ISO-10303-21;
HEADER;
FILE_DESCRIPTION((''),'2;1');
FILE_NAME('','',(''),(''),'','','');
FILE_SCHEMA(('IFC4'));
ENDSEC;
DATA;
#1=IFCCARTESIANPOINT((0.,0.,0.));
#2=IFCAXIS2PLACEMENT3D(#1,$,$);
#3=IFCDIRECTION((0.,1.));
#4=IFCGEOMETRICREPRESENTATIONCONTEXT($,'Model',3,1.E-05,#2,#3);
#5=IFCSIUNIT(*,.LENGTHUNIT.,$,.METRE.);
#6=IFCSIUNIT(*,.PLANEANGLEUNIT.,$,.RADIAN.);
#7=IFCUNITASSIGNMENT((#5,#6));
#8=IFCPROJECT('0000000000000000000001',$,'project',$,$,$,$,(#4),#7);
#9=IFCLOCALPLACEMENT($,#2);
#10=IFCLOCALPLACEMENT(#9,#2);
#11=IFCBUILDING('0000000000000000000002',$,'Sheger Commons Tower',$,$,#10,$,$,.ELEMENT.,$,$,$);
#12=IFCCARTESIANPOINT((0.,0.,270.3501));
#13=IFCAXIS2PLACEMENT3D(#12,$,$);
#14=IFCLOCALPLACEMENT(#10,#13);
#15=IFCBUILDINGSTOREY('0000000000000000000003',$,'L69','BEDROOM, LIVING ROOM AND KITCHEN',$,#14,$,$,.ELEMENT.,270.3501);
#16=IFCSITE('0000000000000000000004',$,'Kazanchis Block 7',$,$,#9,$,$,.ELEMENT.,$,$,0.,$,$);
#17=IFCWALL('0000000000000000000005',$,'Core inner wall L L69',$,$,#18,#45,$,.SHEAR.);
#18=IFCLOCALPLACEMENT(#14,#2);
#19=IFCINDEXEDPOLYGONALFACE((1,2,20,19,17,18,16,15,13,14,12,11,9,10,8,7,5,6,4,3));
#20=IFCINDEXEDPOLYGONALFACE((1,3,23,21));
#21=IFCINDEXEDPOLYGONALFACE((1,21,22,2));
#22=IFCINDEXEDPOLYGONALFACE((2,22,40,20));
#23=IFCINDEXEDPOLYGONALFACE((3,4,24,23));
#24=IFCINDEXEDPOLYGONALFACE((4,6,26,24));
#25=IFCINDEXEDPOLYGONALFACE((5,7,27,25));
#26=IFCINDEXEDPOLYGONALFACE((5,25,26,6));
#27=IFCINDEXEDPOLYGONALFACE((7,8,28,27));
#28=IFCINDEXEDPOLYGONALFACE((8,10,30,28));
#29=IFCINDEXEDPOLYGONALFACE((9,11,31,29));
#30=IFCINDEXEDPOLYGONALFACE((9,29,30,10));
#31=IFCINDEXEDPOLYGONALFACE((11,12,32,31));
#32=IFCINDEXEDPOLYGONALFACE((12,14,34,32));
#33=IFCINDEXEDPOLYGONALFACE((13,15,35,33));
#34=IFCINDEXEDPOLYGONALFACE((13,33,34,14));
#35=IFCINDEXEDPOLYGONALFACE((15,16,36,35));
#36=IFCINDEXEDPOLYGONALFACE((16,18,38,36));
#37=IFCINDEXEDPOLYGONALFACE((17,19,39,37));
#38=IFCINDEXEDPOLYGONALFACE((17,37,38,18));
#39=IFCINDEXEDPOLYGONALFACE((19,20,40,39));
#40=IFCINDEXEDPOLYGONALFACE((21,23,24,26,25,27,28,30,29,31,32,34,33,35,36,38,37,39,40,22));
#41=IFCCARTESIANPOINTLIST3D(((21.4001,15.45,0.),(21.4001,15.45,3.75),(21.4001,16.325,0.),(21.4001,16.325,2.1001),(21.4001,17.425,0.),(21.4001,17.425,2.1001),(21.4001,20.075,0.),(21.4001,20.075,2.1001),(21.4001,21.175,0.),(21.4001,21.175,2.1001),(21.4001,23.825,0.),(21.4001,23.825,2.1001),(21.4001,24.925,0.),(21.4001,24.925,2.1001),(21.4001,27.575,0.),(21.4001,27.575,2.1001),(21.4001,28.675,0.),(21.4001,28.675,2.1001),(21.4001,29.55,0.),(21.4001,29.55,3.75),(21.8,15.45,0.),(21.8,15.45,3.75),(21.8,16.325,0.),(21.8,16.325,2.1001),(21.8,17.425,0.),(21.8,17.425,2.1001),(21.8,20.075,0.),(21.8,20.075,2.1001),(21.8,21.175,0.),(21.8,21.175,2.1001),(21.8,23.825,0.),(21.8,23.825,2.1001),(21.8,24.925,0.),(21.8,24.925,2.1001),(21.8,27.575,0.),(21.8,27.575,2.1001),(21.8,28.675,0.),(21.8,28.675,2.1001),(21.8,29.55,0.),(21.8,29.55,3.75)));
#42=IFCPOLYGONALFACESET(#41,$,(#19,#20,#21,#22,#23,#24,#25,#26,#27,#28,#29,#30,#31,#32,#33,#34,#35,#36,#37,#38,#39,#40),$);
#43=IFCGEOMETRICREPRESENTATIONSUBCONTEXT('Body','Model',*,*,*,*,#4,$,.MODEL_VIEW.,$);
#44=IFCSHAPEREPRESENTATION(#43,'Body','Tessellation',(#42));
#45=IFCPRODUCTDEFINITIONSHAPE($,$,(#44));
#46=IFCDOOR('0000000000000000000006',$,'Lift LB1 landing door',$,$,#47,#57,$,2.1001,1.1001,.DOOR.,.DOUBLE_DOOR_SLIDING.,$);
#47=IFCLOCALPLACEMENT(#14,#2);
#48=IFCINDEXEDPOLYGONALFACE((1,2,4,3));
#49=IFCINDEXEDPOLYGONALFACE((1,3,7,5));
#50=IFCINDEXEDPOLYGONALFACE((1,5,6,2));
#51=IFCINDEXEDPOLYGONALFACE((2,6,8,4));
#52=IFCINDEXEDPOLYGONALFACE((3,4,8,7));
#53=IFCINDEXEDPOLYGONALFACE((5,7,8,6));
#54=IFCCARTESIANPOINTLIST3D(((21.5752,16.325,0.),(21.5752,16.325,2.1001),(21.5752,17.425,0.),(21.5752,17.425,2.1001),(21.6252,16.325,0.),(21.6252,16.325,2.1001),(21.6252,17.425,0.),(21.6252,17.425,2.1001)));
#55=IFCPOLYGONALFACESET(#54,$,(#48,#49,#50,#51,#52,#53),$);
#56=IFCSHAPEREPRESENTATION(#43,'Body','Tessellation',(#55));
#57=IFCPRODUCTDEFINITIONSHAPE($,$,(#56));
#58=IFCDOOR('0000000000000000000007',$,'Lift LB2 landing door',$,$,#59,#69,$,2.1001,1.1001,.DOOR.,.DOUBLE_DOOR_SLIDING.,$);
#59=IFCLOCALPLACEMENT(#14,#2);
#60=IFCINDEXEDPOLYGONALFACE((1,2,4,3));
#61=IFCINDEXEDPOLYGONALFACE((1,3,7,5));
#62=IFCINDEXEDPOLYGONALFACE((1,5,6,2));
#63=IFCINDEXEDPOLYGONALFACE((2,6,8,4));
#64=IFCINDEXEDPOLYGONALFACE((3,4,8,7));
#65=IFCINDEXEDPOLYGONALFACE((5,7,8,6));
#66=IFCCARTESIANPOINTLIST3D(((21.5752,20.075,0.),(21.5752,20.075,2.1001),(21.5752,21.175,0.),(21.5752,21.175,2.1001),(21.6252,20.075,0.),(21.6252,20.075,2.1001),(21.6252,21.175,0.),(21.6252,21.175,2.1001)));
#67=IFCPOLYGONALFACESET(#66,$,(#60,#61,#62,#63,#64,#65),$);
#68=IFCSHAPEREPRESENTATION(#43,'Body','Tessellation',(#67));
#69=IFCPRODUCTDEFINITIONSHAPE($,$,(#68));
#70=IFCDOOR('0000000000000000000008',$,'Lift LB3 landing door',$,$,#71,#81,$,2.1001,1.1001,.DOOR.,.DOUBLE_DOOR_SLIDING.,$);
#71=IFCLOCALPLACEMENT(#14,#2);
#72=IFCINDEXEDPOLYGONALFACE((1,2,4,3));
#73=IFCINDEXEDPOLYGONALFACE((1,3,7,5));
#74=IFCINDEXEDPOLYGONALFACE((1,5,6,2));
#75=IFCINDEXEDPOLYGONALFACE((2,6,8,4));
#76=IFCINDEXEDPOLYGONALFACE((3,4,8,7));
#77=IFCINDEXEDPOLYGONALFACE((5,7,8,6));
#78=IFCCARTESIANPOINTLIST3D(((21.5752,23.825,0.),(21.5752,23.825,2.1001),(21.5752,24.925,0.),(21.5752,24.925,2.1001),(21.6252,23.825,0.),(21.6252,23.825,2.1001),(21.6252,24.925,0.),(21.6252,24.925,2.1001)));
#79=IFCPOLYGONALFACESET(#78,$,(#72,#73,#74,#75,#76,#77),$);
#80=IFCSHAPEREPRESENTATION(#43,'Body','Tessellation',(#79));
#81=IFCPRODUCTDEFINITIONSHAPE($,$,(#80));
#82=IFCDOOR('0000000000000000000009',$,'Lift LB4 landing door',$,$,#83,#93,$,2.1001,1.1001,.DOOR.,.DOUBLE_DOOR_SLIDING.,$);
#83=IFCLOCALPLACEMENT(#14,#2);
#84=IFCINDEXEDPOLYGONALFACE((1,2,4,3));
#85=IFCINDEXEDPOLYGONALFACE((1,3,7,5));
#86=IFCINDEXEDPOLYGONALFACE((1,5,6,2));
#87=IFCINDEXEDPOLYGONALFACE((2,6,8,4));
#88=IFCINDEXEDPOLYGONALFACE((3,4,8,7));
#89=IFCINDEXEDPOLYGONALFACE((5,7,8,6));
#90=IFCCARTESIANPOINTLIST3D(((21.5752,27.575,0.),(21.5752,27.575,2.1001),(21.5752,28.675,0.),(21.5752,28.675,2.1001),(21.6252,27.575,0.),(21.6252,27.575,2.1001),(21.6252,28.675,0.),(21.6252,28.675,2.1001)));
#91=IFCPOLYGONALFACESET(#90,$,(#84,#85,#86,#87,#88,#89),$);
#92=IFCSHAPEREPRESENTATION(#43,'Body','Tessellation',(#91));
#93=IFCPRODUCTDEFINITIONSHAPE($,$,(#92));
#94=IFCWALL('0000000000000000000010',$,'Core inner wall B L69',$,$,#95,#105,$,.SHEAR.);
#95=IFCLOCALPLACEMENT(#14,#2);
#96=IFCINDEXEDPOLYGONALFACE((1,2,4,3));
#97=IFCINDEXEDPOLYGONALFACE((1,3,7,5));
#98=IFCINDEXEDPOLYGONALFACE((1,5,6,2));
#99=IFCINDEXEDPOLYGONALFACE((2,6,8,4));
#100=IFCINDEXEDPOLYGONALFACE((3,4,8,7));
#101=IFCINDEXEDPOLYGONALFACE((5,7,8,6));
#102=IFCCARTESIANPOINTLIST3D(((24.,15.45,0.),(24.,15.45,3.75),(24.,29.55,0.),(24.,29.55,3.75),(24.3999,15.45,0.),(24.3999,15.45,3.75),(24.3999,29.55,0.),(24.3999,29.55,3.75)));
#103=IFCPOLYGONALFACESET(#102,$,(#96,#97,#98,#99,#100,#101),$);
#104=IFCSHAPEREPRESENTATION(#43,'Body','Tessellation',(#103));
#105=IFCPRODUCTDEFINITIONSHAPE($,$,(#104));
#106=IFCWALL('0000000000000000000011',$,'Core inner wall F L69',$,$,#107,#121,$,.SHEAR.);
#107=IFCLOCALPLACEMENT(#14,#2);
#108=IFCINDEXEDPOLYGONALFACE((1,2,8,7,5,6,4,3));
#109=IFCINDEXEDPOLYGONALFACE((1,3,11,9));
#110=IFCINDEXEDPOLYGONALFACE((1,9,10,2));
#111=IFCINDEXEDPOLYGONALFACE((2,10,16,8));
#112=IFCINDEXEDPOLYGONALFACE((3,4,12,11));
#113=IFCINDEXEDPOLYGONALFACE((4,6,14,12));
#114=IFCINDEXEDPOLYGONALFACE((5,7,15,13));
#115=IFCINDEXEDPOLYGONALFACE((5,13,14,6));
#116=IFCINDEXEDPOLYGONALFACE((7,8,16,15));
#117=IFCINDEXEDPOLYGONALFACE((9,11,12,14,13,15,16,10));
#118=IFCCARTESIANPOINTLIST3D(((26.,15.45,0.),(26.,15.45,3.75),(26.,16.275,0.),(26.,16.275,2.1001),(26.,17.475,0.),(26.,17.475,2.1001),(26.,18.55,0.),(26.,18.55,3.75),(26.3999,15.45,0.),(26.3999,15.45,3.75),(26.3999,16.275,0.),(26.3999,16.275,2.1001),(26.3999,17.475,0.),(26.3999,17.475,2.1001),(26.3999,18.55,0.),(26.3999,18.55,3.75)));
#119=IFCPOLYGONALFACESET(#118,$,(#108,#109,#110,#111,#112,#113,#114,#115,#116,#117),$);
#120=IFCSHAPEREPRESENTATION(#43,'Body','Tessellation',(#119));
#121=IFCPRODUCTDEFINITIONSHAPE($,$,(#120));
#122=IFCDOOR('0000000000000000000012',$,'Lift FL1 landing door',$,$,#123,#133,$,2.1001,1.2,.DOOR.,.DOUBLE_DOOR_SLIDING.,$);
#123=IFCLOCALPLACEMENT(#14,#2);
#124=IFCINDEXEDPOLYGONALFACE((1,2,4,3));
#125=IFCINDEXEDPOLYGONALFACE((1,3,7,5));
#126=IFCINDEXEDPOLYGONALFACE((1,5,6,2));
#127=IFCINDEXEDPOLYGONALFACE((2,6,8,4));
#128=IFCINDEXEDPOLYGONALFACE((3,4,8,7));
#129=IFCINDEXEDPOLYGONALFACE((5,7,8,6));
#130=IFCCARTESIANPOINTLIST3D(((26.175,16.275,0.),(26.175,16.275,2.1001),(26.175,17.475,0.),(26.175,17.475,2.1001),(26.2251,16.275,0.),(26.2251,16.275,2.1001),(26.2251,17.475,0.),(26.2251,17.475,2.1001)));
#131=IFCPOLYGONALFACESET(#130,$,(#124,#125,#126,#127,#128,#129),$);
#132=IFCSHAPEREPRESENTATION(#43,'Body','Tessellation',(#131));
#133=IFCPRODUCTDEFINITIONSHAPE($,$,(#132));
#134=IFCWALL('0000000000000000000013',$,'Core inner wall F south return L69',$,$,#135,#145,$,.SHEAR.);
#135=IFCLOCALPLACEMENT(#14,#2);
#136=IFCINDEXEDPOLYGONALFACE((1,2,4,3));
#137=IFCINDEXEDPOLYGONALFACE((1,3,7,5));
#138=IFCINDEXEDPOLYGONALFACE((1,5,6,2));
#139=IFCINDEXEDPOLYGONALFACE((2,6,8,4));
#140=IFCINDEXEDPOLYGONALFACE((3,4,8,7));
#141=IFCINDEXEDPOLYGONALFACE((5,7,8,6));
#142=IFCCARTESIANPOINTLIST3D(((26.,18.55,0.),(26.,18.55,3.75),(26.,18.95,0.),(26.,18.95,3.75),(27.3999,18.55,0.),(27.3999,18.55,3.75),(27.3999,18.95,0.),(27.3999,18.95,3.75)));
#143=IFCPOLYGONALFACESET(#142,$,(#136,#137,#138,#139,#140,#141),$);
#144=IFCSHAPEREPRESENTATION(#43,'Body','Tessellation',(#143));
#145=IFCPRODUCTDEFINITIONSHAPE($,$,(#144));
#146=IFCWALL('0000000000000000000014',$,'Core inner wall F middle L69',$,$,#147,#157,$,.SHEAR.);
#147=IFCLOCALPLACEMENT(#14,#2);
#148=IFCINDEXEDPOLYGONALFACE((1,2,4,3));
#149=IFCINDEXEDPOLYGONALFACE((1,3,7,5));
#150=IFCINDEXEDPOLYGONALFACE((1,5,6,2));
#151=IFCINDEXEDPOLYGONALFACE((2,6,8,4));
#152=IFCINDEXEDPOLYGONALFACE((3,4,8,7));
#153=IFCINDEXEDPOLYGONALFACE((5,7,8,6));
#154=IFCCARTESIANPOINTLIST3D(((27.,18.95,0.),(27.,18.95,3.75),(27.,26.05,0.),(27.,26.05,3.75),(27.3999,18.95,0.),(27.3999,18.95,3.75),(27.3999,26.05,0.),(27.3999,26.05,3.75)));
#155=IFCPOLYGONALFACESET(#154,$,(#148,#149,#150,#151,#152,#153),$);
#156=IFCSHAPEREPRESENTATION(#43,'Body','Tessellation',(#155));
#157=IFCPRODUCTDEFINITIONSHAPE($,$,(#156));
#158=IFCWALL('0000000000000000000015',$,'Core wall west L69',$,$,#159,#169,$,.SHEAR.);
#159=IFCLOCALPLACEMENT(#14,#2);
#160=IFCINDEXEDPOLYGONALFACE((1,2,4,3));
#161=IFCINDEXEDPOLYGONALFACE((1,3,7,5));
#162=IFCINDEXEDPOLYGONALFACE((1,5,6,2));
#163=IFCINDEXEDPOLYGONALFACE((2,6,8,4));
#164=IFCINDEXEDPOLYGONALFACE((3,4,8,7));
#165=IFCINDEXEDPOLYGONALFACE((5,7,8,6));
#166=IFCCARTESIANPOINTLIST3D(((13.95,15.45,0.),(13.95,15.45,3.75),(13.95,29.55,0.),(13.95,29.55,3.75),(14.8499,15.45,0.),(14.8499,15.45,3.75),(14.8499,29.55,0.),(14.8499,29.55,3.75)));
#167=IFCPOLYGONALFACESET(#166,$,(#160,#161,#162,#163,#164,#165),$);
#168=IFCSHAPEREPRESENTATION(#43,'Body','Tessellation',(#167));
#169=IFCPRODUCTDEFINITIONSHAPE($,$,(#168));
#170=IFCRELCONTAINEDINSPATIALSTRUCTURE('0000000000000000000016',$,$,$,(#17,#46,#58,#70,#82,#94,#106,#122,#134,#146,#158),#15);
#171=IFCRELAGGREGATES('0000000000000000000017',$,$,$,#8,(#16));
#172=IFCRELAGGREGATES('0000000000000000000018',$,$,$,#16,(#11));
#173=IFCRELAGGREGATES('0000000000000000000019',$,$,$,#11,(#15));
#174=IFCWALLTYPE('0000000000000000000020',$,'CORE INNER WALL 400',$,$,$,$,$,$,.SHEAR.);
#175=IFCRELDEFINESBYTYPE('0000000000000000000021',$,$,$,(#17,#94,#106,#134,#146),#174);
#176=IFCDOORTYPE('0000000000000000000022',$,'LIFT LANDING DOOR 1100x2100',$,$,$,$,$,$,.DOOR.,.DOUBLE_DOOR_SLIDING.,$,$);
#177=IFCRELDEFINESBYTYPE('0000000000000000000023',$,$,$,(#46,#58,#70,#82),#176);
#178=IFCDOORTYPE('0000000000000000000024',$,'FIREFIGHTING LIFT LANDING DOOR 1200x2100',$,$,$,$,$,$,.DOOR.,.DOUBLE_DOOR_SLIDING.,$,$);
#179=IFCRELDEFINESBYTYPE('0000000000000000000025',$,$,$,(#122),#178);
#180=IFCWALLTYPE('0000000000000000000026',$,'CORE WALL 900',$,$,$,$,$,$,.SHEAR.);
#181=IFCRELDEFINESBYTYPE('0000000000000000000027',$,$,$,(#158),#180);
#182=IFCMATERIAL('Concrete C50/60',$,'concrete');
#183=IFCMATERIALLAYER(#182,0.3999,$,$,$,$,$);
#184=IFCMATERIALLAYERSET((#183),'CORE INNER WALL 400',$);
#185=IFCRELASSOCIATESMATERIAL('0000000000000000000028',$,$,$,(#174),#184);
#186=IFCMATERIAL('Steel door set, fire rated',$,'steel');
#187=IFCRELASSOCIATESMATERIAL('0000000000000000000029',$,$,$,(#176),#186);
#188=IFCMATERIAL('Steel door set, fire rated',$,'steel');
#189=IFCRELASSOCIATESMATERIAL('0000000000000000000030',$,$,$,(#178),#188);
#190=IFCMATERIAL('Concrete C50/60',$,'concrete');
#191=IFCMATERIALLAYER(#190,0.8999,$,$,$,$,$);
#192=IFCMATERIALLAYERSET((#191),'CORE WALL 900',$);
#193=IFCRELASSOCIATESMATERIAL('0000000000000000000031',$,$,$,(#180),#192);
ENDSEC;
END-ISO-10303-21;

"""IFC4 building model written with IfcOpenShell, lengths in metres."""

from ifc_helpers import new_model, si_unit, direction, frame, frame_2d, origin, place, context, subcontext, project, spatial, rectangle, extrude, material, layer, layer_set, type_object, element, fill, save


model = new_model("IFC4")

# Units and contexts
model_context = context("Model", 3, precision=1e-05, world=origin(), true_north=direction((0.0, 1.0)))
body_context = subcontext(model_context, "Body", "Model", "MODEL_VIEW")
ifc_project = project(units=[si_unit("LENGTHUNIT", "METRE"), si_unit("PLANEANGLEUNIT", "RADIAN")], contexts=[model_context])

# Site, building, storey
site_placement = place(None, origin())
site = spatial("IfcSite", under=ifc_project, at=site_placement, Name="Kazanchis Block 7", CompositionType="ELEMENT", RefElevation=0.0)
building_placement = place(site_placement, origin())
building = spatial("IfcBuilding", under=site, at=building_placement, Name="Sheger Commons Tower", CompositionType="ELEMENT")
storey_placement = place(building_placement, frame((0.0, 0.0, 270.3501)))
storey = spatial("IfcBuildingStorey", under=building, at=storey_placement, Name="L69", Description="BEDROOM, LIVING ROOM AND KITCHEN", CompositionType="ELEMENT", Elevation=270.3501)

# Wall, openings, doors
ifc_material_1 = material(Name="Concrete C50/60", Category="concrete")
ifc_layer_1 = layer(ifc_material_1, 0.3999)
ifc_layer_set_1 = layer_set([ifc_layer_1], Name="CORE INNER WALL 400")
wall_type_1 = type_object("IfcWallType", Name="CORE INNER WALL 400", PredefinedType="SHEAR", material=ifc_layer_set_1)
wall_1_placement = place(storey_placement, frame((21.6001, 15.45, 0.0), z_axis=(0.0, 0.0, 1.0), x_axis=(0.0, 1.0, 0.0)))
wall_1 = element("IfcWall", 1, at=wall_1_placement, inside=storey, type_object=wall_type_1, Name="Core inner wall L L69", PredefinedType="SHEAR", context=body_context, shape_type="SweptSolid", body=[
    extrude(rectangle(XDim=14.1001, YDim=0.3999, at=frame_2d((7.05, 0.0))), origin(), (0.0, 0.0, 1.0), 3.75),
])
opening_1_placement = place(wall_1_placement, frame((0.875, 0.0, 0.0)))
opening_1 = element("IfcOpeningElement", 2, at=opening_1_placement, cuts=wall_1, PredefinedType="OPENING", context=body_context, shape_type="SweptSolid", body=[
    extrude(rectangle(XDim=1.1001, YDim=2.1001, at=frame_2d((0.55, 1.05))), frame((0.0, 0.21, 0.0), z_axis=(0.0, -1.0, 0.0), x_axis=(1.0, 0.0, 0.0)), (0.0, 0.0, 1.0), 0.4199),
])
opening_2_placement = place(wall_1_placement, frame((4.625, 0.0, 0.0)))
opening_2 = element("IfcOpeningElement", 3, at=opening_2_placement, cuts=wall_1, PredefinedType="OPENING", context=body_context, shape_type="SweptSolid", body=[
    extrude(rectangle(XDim=1.1001, YDim=2.1001, at=frame_2d((0.55, 1.05))), frame((0.0, 0.21, 0.0), z_axis=(0.0, -1.0, 0.0), x_axis=(1.0, 0.0, 0.0)), (0.0, 0.0, 1.0), 0.4199),
])
opening_3_placement = place(wall_1_placement, frame((8.375, 0.0, 0.0)))
opening_3 = element("IfcOpeningElement", 4, at=opening_3_placement, cuts=wall_1, PredefinedType="OPENING", context=body_context, shape_type="SweptSolid", body=[
    extrude(rectangle(XDim=1.1001, YDim=2.1001, at=frame_2d((0.55, 1.05))), frame((0.0, 0.21, 0.0), z_axis=(0.0, -1.0, 0.0), x_axis=(1.0, 0.0, 0.0)), (0.0, 0.0, 1.0), 0.4199),
])
opening_4_placement = place(wall_1_placement, frame((12.125, 0.0, 0.0)))
opening_4 = element("IfcOpeningElement", 5, at=opening_4_placement, cuts=wall_1, PredefinedType="OPENING", context=body_context, shape_type="SweptSolid", body=[
    extrude(rectangle(XDim=1.1001, YDim=2.1001, at=frame_2d((0.55, 1.05))), frame((0.0, 0.21, 0.0), z_axis=(0.0, -1.0, 0.0), x_axis=(1.0, 0.0, 0.0)), (0.0, 0.0, 1.0), 0.4199),
])
ifc_material_2 = material(Name="Steel door set, fire rated", Category="steel")
door_type_1 = type_object("IfcDoorType", Name="LIFT LANDING DOOR 1100x2100", OperationType="DOUBLE_DOOR_SLIDING", PredefinedType="DOOR", material=ifc_material_2)
door_1_placement = place(opening_1_placement, origin())
door_1 = element("IfcDoor", 6, at=door_1_placement, inside=storey, type_object=door_type_1, Name="Lift LB1 landing door", OperationType="DOUBLE_DOOR_SLIDING", OverallHeight=2.1001, OverallWidth=1.1001, PredefinedType="DOOR", context=body_context, shape_type="SweptSolid", body=[
    extrude(rectangle(XDim=1.1001, YDim=2.1001, at=frame_2d((0.55, 1.05))), frame((0.0, 0.0249, 0.0), z_axis=(0.0, -1.0, 0.0), x_axis=(1.0, 0.0, 0.0)), (0.0, 0.0, 1.0), 0.05),
])
fill(opening_1, door_1)
door_2_placement = place(opening_2_placement, origin())
door_2 = element("IfcDoor", 7, at=door_2_placement, inside=storey, type_object=door_type_1, Name="Lift LB2 landing door", OperationType="DOUBLE_DOOR_SLIDING", OverallHeight=2.1001, OverallWidth=1.1001, PredefinedType="DOOR", context=body_context, shape_type="SweptSolid", body=[
    extrude(rectangle(XDim=1.1001, YDim=2.1001, at=frame_2d((0.55, 1.05))), frame((0.0, 0.0249, 0.0), z_axis=(0.0, -1.0, 0.0), x_axis=(1.0, 0.0, 0.0)), (0.0, 0.0, 1.0), 0.05),
])
fill(opening_2, door_2)
door_3_placement = place(opening_3_placement, origin())
door_3 = element("IfcDoor", 8, at=door_3_placement, inside=storey, type_object=door_type_1, Name="Lift LB3 landing door", OperationType="DOUBLE_DOOR_SLIDING", OverallHeight=2.1001, OverallWidth=1.1001, PredefinedType="DOOR", context=body_context, shape_type="SweptSolid", body=[
    extrude(rectangle(XDim=1.1001, YDim=2.1001, at=frame_2d((0.55, 1.05))), frame((0.0, 0.0249, 0.0), z_axis=(0.0, -1.0, 0.0), x_axis=(1.0, 0.0, 0.0)), (0.0, 0.0, 1.0), 0.05),
])
fill(opening_3, door_3)
door_4_placement = place(opening_4_placement, origin())
door_4 = element("IfcDoor", 9, at=door_4_placement, inside=storey, type_object=door_type_1, Name="Lift LB4 landing door", OperationType="DOUBLE_DOOR_SLIDING", OverallHeight=2.1001, OverallWidth=1.1001, PredefinedType="DOOR", context=body_context, shape_type="SweptSolid", body=[
    extrude(rectangle(XDim=1.1001, YDim=2.1001, at=frame_2d((0.55, 1.05))), frame((0.0, 0.0249, 0.0), z_axis=(0.0, -1.0, 0.0), x_axis=(1.0, 0.0, 0.0)), (0.0, 0.0, 1.0), 0.05),
])
fill(opening_4, door_4)

# Wall
wall_2_placement = place(storey_placement, frame((24.2, 15.45, 0.0), z_axis=(0.0, 0.0, 1.0), x_axis=(0.0, 1.0, 0.0)))
element("IfcWall", 10, at=wall_2_placement, inside=storey, type_object=wall_type_1, Name="Core inner wall B L69", PredefinedType="SHEAR", context=body_context, shape_type="SweptSolid", body=[
    extrude(rectangle(XDim=14.1001, YDim=0.3999, at=frame_2d((7.05, 0.0))), origin(), (0.0, 0.0, 1.0), 3.75),
])

# Wall, opening, door
wall_3_placement = place(storey_placement, frame((26.2, 15.45, 0.0), z_axis=(0.0, 0.0, 1.0), x_axis=(0.0, 1.0, 0.0)))
wall_3 = element("IfcWall", 11, at=wall_3_placement, inside=storey, type_object=wall_type_1, Name="Core inner wall F L69", PredefinedType="SHEAR", context=body_context, shape_type="SweptSolid", body=[
    extrude(rectangle(XDim=3.1001, YDim=0.3999, at=frame_2d((1.55, 0.0))), origin(), (0.0, 0.0, 1.0), 3.75),
])
opening_5_placement = place(wall_3_placement, frame((0.825, 0.0, 0.0)))
opening_5 = element("IfcOpeningElement", 12, at=opening_5_placement, cuts=wall_3, PredefinedType="OPENING", context=body_context, shape_type="SweptSolid", body=[
    extrude(rectangle(XDim=1.2, YDim=2.1001, at=frame_2d((0.6001, 1.05))), frame((0.0, 0.21, 0.0), z_axis=(0.0, -1.0, 0.0), x_axis=(1.0, 0.0, 0.0)), (0.0, 0.0, 1.0), 0.4199),
])
ifc_material_3 = material(Name="Steel door set, fire rated", Category="steel")
door_type_2 = type_object("IfcDoorType", Name="FIREFIGHTING LIFT LANDING DOOR 1200x2100", OperationType="DOUBLE_DOOR_SLIDING", PredefinedType="DOOR", material=ifc_material_3)
door_5_placement = place(opening_5_placement, origin())
door_5 = element("IfcDoor", 13, at=door_5_placement, inside=storey, type_object=door_type_2, Name="Lift FL1 landing door", OperationType="DOUBLE_DOOR_SLIDING", OverallHeight=2.1001, OverallWidth=1.2, PredefinedType="DOOR", context=body_context, shape_type="SweptSolid", body=[
    extrude(rectangle(XDim=1.2, YDim=2.1001, at=frame_2d((0.6001, 1.05))), frame((0.0, 0.0249, 0.0), z_axis=(0.0, -1.0, 0.0), x_axis=(1.0, 0.0, 0.0)), (0.0, 0.0, 1.0), 0.05),
])
fill(opening_5, door_5)

# Walls
wall_4_placement = place(storey_placement, frame((26.0, 18.75, 0.0), z_axis=(0.0, 0.0, 1.0), x_axis=(1.0, 0.0, 0.0)))
element("IfcWall", 14, at=wall_4_placement, inside=storey, type_object=wall_type_1, Name="Core inner wall F south return L69", PredefinedType="SHEAR", context=body_context, shape_type="SweptSolid", body=[
    extrude(rectangle(XDim=1.3999, YDim=0.3999, at=frame_2d((0.7, 0.0))), origin(), (0.0, 0.0, 1.0), 3.75),
])
wall_5_placement = place(storey_placement, frame((27.2, 18.95, 0.0), z_axis=(0.0, 0.0, 1.0), x_axis=(0.0, 1.0, 0.0)))
element("IfcWall", 15, at=wall_5_placement, inside=storey, type_object=wall_type_1, Name="Core inner wall F middle L69", PredefinedType="SHEAR", context=body_context, shape_type="SweptSolid", body=[
    extrude(rectangle(XDim=7.1001, YDim=0.3999, at=frame_2d((3.55, 0.0))), origin(), (0.0, 0.0, 1.0), 3.75),
])
ifc_material_4 = material(Name="Concrete C50/60", Category="concrete")
ifc_layer_2 = layer(ifc_material_4, 0.8999)
ifc_layer_set_2 = layer_set([ifc_layer_2], Name="CORE WALL 900")
wall_type_2 = type_object("IfcWallType", Name="CORE WALL 900", PredefinedType="SHEAR", material=ifc_layer_set_2)
for number, where, z_axis, x_axis, name in (
    (16, (14.3999, 15.45, 0.0), (0.0, 0.0, 1.0), (0.0, 1.0, 0.0), "Core wall west L69"),
):
    element("IfcWall", number, at=place(storey_placement, frame(where, z_axis=z_axis, x_axis=x_axis)), inside=storey, type_object=wall_type_2, Name=name, PredefinedType="SHEAR", context=body_context, shape_type="SweptSolid", body=[
        extrude(rectangle(XDim=14.1001, YDim=0.8999, at=frame_2d((7.05, 0.0))), origin(), (0.0, 0.0, 1.0), 3.75),
    ])

save(model, "model.ifc")
